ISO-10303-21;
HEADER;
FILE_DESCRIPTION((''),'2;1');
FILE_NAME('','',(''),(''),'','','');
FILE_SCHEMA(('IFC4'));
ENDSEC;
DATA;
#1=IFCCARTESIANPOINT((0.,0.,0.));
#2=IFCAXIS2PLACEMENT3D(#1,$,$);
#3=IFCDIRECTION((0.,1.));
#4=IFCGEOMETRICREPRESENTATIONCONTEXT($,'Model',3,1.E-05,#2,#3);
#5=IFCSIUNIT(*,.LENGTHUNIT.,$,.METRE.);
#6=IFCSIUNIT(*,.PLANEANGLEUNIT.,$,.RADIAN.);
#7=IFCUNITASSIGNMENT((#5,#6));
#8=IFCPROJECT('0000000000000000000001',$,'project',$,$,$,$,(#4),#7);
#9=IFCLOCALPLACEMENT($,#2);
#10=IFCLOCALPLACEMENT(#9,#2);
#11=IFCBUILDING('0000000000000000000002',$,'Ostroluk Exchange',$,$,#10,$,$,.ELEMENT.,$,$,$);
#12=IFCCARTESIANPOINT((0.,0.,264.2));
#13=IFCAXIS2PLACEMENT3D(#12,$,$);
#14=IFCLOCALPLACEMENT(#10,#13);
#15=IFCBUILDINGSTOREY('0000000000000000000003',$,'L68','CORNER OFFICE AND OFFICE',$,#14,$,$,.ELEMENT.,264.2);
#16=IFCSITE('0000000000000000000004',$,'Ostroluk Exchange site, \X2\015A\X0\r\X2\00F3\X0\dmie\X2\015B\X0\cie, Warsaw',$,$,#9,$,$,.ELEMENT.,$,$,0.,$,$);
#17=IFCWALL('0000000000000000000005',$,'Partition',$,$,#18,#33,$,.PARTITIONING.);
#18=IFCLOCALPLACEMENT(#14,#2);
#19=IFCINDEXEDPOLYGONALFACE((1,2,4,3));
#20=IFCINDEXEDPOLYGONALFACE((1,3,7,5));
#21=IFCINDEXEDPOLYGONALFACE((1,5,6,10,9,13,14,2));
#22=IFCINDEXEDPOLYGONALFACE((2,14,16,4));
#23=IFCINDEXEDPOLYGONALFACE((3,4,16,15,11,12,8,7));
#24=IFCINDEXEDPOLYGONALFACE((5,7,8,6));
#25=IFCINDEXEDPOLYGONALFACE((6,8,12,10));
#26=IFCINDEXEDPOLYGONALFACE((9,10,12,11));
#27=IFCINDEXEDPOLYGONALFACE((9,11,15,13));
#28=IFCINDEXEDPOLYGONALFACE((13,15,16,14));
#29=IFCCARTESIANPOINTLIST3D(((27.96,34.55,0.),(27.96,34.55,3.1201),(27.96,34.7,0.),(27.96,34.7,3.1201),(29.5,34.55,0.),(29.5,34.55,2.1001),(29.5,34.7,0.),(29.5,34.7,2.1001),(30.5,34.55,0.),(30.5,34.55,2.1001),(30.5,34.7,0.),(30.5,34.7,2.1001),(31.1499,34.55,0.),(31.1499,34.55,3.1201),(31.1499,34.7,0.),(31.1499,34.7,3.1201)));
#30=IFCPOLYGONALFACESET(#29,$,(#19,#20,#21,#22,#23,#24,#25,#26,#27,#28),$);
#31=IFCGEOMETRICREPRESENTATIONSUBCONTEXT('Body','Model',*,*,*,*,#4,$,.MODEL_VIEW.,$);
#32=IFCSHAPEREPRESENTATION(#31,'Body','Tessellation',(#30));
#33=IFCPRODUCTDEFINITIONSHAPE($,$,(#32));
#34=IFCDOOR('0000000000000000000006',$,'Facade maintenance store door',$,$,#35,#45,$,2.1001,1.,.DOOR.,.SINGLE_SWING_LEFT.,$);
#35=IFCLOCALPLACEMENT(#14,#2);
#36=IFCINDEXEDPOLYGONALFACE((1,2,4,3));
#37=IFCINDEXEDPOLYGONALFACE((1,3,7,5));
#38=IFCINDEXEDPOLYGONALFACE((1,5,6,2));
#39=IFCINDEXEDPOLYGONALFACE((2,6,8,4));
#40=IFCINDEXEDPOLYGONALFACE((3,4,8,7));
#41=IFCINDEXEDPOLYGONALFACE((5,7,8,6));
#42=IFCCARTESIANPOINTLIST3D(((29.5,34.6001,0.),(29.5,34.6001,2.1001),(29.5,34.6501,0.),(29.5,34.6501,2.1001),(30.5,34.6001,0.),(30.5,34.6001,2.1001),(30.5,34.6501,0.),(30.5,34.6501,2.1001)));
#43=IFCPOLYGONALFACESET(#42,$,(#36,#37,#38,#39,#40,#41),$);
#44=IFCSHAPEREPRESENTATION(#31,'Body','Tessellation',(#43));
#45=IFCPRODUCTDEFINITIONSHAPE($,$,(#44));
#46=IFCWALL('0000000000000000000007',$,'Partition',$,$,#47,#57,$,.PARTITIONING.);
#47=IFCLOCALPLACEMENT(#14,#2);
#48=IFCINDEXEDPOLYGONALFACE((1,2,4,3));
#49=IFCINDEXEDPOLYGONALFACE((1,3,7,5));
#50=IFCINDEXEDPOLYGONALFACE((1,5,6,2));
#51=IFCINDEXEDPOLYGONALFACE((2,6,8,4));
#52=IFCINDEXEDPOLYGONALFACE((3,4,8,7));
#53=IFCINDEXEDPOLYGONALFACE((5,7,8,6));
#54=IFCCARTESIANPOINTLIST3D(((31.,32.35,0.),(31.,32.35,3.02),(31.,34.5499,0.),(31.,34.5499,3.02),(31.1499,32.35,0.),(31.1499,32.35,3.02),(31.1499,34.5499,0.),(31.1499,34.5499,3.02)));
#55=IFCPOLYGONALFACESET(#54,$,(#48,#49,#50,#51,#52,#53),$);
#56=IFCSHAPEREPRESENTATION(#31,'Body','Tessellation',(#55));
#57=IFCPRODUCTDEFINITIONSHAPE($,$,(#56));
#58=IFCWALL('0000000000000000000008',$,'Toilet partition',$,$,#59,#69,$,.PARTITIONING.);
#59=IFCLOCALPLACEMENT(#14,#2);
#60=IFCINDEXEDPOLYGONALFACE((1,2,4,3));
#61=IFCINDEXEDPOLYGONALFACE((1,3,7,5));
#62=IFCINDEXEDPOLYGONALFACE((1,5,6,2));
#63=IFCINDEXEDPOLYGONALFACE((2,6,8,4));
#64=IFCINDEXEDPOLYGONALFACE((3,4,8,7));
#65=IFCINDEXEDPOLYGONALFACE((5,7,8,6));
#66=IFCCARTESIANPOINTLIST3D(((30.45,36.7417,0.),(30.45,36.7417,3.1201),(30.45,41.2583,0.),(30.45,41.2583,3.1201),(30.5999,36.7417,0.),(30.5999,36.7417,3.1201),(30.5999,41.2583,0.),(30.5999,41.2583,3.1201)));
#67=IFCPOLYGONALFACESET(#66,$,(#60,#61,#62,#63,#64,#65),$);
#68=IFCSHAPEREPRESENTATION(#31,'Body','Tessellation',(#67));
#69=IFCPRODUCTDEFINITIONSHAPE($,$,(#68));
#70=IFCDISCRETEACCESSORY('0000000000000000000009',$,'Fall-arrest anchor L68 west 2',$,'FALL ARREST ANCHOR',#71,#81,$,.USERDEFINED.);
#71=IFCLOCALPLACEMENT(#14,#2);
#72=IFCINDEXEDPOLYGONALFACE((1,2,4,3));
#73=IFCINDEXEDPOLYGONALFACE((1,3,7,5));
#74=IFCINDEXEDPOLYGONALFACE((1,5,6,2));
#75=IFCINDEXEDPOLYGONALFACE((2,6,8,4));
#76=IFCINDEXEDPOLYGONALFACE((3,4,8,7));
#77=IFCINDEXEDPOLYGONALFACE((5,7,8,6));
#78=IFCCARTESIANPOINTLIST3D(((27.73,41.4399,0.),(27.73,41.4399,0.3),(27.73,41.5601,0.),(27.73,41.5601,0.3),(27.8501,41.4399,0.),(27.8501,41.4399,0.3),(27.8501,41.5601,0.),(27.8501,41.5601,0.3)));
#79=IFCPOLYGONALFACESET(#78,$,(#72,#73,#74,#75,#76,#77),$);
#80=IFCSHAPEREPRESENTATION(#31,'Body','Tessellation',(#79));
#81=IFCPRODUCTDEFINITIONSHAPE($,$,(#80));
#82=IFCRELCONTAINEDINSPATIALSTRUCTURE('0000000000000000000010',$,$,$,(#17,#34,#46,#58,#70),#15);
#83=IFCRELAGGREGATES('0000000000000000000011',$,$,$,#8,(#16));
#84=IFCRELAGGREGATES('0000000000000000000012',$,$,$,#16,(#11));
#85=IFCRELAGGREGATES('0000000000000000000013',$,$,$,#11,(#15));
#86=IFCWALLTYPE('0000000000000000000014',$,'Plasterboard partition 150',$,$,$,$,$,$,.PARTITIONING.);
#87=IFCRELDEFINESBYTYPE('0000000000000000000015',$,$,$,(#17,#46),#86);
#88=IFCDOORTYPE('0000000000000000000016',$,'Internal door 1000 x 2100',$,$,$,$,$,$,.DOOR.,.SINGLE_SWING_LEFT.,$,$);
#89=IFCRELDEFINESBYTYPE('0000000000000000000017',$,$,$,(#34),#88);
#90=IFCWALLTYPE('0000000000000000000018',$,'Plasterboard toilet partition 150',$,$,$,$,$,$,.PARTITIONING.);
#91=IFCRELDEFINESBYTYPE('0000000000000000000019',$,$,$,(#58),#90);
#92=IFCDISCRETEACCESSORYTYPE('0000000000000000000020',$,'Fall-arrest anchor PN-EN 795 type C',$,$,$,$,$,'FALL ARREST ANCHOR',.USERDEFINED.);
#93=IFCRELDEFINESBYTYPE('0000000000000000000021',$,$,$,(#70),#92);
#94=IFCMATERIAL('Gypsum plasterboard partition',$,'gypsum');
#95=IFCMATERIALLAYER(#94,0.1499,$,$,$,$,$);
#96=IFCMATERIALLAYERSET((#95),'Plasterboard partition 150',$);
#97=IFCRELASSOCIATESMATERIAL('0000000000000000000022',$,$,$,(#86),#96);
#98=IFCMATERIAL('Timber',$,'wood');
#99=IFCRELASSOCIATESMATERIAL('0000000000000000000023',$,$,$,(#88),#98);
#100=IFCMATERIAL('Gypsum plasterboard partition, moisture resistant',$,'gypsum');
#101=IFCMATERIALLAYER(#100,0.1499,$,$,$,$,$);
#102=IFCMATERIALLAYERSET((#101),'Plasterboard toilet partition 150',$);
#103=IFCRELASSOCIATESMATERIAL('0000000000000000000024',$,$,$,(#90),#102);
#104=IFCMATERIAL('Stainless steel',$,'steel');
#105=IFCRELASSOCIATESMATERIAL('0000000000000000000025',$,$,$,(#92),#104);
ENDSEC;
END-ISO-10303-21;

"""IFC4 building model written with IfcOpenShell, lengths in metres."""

from ifc_helpers import new_model, si_unit, direction, frame, frame_2d, origin, origin_2d, place, context, subcontext, project, spatial, rectangle, extrude, material, layer, layer_set, type_object, element, fill, save


model = new_model("IFC4")

# Units and contexts
model_context = context("Model", 3, precision=1e-05, world=origin(), true_north=direction((0.0, 1.0)))
body_context = subcontext(model_context, "Body", "Model", "MODEL_VIEW")
ifc_project = project(units=[si_unit("LENGTHUNIT", "METRE"), si_unit("PLANEANGLEUNIT", "RADIAN")], contexts=[model_context])

# Site, building, storey
site_placement = place(None, origin())
site = spatial("IfcSite", under=ifc_project, at=site_placement, Name="Ostroluk Exchange site, Śródmieście, Warsaw", CompositionType="ELEMENT", RefElevation=0.0)
building_placement = place(site_placement, origin())
building = spatial("IfcBuilding", under=site, at=building_placement, Name="Ostroluk Exchange", CompositionType="ELEMENT")
storey_placement = place(building_placement, frame((0.0, 0.0, 264.2)))
storey = spatial("IfcBuildingStorey", under=building, at=storey_placement, Name="L68", Description="CORNER OFFICE AND OFFICE", CompositionType="ELEMENT", Elevation=264.2)

# Shared definitions
ifc_material_1 = material(Name="Gypsum plasterboard partition", Category="gypsum")
ifc_layer_1 = layer(ifc_material_1, 0.1499)
ifc_layer_set_1 = layer_set([ifc_layer_1], Name="Plasterboard partition 150")
wall_type_1 = type_object("IfcWallType", Name="Plasterboard partition 150", PredefinedType="PARTITIONING", material=ifc_layer_set_1)

# Wall, opening, door
wall_1_placement = place(storey_placement, frame((31.1499, 34.625, 0.0), z_axis=(0.0, 0.0, 1.0), x_axis=(-1.0, 0.0, 0.0)))
wall_1 = element("IfcWall", 1, at=wall_1_placement, inside=storey, type_object=wall_type_1, Name="Partition", PredefinedType="PARTITIONING", context=body_context, shape_type="SweptSolid", body=[
    extrude(rectangle(XDim=3.1899, YDim=0.1499, at=frame_2d((1.595, 0.0))), origin(), (0.0, 0.0, 1.0), 3.1201),
])
opening_placement = place(wall_1_placement, frame((0.6499, 0.0, 0.0)))
opening = element("IfcOpeningElement", 2, at=opening_placement, cuts=wall_1, PredefinedType="OPENING", context=body_context, shape_type="SweptSolid", body=[
    extrude(rectangle(XDim=1.0, YDim=2.1001, at=frame_2d((0.5, 1.05))), frame((0.0, 0.085, 0.0), z_axis=(0.0, -1.0, 0.0), x_axis=(1.0, 0.0, 0.0)), (0.0, 0.0, 1.0), 0.1699),
])
ifc_material_2 = material(Name="Timber", Category="wood")
door_type = type_object("IfcDoorType", Name="Internal door 1000 x 2100", OperationType="SINGLE_SWING_LEFT", PredefinedType="DOOR", material=ifc_material_2)
door_placement = place(opening_placement, origin())
door = element("IfcDoor", 3, at=door_placement, inside=storey, type_object=door_type, Name="Facade maintenance store door", OperationType="SINGLE_SWING_LEFT", OverallHeight=2.1001, OverallWidth=1.0, PredefinedType="DOOR", context=body_context, shape_type="SweptSolid", body=[
    extrude(rectangle(XDim=1.0, YDim=2.1001, at=frame_2d((0.5, 1.05))), frame((0.0, 0.0249, 0.0), z_axis=(0.0, -1.0, 0.0), x_axis=(1.0, 0.0, 0.0)), (0.0, 0.0, 1.0), 0.05),
])
fill(opening, door)

# Walls
wall_2_placement = place(storey_placement, frame((31.075, 34.55, 0.0), z_axis=(0.0, 0.0, 1.0), x_axis=(0.0, -1.0, 0.0)))
element("IfcWall", 4, at=wall_2_placement, inside=storey, type_object=wall_type_1, Name="Partition", PredefinedType="PARTITIONING", context=body_context, shape_type="SweptSolid", body=[
    extrude(rectangle(XDim=2.2, YDim=0.1499, at=frame_2d((1.1001, 0.0))), origin(), (0.0, 0.0, 1.0), 3.02),
])
ifc_material_3 = material(Name="Gypsum plasterboard partition, moisture resistant", Category="gypsum")
ifc_layer_2 = layer(ifc_material_3, 0.1499)
ifc_layer_set_2 = layer_set([ifc_layer_2], Name="Plasterboard toilet partition 150")
wall_type_2 = type_object("IfcWallType", Name="Plasterboard toilet partition 150", PredefinedType="PARTITIONING", material=ifc_layer_set_2)
wall_3_placement = place(storey_placement, frame((30.5249, 41.2583, 0.0), z_axis=(0.0, 0.0, 1.0), x_axis=(0.0, -1.0, 0.0)))
element("IfcWall", 5, at=wall_3_placement, inside=storey, type_object=wall_type_2, Name="Toilet partition", PredefinedType="PARTITIONING", context=body_context, shape_type="SweptSolid", body=[
    extrude(rectangle(XDim=4.5166, YDim=0.1499, at=frame_2d((2.2583, 0.0))), origin(), (0.0, 0.0, 1.0), 3.1201),
])

# Discrete accessory
ifc_material_4 = material(Name="Stainless steel", Category="steel")
discrete_accessory_type = type_object("IfcDiscreteAccessoryType", Name="Fall-arrest anchor PN-EN 795 type C", ElementType="FALL ARREST ANCHOR", PredefinedType="USERDEFINED", material=ifc_material_4)
discrete_accessory_placement = place(storey_placement, frame((27.79, 41.5, 0.0), z_axis=(0.0, 0.0, 1.0), x_axis=(1.0, 0.0, 0.0)))
element("IfcDiscreteAccessory", 6, at=discrete_accessory_placement, inside=storey, type_object=discrete_accessory_type, Name="Fall-arrest anchor L68 west 2", ObjectType="FALL ARREST ANCHOR", PredefinedType="USERDEFINED", context=body_context, shape_type="SweptSolid", body=[
    extrude(rectangle(XDim=0.1201, YDim=0.1201, at=origin_2d()), origin(), (0.0, 0.0, 1.0), 0.3),
])

save(model, "model.ifc")
